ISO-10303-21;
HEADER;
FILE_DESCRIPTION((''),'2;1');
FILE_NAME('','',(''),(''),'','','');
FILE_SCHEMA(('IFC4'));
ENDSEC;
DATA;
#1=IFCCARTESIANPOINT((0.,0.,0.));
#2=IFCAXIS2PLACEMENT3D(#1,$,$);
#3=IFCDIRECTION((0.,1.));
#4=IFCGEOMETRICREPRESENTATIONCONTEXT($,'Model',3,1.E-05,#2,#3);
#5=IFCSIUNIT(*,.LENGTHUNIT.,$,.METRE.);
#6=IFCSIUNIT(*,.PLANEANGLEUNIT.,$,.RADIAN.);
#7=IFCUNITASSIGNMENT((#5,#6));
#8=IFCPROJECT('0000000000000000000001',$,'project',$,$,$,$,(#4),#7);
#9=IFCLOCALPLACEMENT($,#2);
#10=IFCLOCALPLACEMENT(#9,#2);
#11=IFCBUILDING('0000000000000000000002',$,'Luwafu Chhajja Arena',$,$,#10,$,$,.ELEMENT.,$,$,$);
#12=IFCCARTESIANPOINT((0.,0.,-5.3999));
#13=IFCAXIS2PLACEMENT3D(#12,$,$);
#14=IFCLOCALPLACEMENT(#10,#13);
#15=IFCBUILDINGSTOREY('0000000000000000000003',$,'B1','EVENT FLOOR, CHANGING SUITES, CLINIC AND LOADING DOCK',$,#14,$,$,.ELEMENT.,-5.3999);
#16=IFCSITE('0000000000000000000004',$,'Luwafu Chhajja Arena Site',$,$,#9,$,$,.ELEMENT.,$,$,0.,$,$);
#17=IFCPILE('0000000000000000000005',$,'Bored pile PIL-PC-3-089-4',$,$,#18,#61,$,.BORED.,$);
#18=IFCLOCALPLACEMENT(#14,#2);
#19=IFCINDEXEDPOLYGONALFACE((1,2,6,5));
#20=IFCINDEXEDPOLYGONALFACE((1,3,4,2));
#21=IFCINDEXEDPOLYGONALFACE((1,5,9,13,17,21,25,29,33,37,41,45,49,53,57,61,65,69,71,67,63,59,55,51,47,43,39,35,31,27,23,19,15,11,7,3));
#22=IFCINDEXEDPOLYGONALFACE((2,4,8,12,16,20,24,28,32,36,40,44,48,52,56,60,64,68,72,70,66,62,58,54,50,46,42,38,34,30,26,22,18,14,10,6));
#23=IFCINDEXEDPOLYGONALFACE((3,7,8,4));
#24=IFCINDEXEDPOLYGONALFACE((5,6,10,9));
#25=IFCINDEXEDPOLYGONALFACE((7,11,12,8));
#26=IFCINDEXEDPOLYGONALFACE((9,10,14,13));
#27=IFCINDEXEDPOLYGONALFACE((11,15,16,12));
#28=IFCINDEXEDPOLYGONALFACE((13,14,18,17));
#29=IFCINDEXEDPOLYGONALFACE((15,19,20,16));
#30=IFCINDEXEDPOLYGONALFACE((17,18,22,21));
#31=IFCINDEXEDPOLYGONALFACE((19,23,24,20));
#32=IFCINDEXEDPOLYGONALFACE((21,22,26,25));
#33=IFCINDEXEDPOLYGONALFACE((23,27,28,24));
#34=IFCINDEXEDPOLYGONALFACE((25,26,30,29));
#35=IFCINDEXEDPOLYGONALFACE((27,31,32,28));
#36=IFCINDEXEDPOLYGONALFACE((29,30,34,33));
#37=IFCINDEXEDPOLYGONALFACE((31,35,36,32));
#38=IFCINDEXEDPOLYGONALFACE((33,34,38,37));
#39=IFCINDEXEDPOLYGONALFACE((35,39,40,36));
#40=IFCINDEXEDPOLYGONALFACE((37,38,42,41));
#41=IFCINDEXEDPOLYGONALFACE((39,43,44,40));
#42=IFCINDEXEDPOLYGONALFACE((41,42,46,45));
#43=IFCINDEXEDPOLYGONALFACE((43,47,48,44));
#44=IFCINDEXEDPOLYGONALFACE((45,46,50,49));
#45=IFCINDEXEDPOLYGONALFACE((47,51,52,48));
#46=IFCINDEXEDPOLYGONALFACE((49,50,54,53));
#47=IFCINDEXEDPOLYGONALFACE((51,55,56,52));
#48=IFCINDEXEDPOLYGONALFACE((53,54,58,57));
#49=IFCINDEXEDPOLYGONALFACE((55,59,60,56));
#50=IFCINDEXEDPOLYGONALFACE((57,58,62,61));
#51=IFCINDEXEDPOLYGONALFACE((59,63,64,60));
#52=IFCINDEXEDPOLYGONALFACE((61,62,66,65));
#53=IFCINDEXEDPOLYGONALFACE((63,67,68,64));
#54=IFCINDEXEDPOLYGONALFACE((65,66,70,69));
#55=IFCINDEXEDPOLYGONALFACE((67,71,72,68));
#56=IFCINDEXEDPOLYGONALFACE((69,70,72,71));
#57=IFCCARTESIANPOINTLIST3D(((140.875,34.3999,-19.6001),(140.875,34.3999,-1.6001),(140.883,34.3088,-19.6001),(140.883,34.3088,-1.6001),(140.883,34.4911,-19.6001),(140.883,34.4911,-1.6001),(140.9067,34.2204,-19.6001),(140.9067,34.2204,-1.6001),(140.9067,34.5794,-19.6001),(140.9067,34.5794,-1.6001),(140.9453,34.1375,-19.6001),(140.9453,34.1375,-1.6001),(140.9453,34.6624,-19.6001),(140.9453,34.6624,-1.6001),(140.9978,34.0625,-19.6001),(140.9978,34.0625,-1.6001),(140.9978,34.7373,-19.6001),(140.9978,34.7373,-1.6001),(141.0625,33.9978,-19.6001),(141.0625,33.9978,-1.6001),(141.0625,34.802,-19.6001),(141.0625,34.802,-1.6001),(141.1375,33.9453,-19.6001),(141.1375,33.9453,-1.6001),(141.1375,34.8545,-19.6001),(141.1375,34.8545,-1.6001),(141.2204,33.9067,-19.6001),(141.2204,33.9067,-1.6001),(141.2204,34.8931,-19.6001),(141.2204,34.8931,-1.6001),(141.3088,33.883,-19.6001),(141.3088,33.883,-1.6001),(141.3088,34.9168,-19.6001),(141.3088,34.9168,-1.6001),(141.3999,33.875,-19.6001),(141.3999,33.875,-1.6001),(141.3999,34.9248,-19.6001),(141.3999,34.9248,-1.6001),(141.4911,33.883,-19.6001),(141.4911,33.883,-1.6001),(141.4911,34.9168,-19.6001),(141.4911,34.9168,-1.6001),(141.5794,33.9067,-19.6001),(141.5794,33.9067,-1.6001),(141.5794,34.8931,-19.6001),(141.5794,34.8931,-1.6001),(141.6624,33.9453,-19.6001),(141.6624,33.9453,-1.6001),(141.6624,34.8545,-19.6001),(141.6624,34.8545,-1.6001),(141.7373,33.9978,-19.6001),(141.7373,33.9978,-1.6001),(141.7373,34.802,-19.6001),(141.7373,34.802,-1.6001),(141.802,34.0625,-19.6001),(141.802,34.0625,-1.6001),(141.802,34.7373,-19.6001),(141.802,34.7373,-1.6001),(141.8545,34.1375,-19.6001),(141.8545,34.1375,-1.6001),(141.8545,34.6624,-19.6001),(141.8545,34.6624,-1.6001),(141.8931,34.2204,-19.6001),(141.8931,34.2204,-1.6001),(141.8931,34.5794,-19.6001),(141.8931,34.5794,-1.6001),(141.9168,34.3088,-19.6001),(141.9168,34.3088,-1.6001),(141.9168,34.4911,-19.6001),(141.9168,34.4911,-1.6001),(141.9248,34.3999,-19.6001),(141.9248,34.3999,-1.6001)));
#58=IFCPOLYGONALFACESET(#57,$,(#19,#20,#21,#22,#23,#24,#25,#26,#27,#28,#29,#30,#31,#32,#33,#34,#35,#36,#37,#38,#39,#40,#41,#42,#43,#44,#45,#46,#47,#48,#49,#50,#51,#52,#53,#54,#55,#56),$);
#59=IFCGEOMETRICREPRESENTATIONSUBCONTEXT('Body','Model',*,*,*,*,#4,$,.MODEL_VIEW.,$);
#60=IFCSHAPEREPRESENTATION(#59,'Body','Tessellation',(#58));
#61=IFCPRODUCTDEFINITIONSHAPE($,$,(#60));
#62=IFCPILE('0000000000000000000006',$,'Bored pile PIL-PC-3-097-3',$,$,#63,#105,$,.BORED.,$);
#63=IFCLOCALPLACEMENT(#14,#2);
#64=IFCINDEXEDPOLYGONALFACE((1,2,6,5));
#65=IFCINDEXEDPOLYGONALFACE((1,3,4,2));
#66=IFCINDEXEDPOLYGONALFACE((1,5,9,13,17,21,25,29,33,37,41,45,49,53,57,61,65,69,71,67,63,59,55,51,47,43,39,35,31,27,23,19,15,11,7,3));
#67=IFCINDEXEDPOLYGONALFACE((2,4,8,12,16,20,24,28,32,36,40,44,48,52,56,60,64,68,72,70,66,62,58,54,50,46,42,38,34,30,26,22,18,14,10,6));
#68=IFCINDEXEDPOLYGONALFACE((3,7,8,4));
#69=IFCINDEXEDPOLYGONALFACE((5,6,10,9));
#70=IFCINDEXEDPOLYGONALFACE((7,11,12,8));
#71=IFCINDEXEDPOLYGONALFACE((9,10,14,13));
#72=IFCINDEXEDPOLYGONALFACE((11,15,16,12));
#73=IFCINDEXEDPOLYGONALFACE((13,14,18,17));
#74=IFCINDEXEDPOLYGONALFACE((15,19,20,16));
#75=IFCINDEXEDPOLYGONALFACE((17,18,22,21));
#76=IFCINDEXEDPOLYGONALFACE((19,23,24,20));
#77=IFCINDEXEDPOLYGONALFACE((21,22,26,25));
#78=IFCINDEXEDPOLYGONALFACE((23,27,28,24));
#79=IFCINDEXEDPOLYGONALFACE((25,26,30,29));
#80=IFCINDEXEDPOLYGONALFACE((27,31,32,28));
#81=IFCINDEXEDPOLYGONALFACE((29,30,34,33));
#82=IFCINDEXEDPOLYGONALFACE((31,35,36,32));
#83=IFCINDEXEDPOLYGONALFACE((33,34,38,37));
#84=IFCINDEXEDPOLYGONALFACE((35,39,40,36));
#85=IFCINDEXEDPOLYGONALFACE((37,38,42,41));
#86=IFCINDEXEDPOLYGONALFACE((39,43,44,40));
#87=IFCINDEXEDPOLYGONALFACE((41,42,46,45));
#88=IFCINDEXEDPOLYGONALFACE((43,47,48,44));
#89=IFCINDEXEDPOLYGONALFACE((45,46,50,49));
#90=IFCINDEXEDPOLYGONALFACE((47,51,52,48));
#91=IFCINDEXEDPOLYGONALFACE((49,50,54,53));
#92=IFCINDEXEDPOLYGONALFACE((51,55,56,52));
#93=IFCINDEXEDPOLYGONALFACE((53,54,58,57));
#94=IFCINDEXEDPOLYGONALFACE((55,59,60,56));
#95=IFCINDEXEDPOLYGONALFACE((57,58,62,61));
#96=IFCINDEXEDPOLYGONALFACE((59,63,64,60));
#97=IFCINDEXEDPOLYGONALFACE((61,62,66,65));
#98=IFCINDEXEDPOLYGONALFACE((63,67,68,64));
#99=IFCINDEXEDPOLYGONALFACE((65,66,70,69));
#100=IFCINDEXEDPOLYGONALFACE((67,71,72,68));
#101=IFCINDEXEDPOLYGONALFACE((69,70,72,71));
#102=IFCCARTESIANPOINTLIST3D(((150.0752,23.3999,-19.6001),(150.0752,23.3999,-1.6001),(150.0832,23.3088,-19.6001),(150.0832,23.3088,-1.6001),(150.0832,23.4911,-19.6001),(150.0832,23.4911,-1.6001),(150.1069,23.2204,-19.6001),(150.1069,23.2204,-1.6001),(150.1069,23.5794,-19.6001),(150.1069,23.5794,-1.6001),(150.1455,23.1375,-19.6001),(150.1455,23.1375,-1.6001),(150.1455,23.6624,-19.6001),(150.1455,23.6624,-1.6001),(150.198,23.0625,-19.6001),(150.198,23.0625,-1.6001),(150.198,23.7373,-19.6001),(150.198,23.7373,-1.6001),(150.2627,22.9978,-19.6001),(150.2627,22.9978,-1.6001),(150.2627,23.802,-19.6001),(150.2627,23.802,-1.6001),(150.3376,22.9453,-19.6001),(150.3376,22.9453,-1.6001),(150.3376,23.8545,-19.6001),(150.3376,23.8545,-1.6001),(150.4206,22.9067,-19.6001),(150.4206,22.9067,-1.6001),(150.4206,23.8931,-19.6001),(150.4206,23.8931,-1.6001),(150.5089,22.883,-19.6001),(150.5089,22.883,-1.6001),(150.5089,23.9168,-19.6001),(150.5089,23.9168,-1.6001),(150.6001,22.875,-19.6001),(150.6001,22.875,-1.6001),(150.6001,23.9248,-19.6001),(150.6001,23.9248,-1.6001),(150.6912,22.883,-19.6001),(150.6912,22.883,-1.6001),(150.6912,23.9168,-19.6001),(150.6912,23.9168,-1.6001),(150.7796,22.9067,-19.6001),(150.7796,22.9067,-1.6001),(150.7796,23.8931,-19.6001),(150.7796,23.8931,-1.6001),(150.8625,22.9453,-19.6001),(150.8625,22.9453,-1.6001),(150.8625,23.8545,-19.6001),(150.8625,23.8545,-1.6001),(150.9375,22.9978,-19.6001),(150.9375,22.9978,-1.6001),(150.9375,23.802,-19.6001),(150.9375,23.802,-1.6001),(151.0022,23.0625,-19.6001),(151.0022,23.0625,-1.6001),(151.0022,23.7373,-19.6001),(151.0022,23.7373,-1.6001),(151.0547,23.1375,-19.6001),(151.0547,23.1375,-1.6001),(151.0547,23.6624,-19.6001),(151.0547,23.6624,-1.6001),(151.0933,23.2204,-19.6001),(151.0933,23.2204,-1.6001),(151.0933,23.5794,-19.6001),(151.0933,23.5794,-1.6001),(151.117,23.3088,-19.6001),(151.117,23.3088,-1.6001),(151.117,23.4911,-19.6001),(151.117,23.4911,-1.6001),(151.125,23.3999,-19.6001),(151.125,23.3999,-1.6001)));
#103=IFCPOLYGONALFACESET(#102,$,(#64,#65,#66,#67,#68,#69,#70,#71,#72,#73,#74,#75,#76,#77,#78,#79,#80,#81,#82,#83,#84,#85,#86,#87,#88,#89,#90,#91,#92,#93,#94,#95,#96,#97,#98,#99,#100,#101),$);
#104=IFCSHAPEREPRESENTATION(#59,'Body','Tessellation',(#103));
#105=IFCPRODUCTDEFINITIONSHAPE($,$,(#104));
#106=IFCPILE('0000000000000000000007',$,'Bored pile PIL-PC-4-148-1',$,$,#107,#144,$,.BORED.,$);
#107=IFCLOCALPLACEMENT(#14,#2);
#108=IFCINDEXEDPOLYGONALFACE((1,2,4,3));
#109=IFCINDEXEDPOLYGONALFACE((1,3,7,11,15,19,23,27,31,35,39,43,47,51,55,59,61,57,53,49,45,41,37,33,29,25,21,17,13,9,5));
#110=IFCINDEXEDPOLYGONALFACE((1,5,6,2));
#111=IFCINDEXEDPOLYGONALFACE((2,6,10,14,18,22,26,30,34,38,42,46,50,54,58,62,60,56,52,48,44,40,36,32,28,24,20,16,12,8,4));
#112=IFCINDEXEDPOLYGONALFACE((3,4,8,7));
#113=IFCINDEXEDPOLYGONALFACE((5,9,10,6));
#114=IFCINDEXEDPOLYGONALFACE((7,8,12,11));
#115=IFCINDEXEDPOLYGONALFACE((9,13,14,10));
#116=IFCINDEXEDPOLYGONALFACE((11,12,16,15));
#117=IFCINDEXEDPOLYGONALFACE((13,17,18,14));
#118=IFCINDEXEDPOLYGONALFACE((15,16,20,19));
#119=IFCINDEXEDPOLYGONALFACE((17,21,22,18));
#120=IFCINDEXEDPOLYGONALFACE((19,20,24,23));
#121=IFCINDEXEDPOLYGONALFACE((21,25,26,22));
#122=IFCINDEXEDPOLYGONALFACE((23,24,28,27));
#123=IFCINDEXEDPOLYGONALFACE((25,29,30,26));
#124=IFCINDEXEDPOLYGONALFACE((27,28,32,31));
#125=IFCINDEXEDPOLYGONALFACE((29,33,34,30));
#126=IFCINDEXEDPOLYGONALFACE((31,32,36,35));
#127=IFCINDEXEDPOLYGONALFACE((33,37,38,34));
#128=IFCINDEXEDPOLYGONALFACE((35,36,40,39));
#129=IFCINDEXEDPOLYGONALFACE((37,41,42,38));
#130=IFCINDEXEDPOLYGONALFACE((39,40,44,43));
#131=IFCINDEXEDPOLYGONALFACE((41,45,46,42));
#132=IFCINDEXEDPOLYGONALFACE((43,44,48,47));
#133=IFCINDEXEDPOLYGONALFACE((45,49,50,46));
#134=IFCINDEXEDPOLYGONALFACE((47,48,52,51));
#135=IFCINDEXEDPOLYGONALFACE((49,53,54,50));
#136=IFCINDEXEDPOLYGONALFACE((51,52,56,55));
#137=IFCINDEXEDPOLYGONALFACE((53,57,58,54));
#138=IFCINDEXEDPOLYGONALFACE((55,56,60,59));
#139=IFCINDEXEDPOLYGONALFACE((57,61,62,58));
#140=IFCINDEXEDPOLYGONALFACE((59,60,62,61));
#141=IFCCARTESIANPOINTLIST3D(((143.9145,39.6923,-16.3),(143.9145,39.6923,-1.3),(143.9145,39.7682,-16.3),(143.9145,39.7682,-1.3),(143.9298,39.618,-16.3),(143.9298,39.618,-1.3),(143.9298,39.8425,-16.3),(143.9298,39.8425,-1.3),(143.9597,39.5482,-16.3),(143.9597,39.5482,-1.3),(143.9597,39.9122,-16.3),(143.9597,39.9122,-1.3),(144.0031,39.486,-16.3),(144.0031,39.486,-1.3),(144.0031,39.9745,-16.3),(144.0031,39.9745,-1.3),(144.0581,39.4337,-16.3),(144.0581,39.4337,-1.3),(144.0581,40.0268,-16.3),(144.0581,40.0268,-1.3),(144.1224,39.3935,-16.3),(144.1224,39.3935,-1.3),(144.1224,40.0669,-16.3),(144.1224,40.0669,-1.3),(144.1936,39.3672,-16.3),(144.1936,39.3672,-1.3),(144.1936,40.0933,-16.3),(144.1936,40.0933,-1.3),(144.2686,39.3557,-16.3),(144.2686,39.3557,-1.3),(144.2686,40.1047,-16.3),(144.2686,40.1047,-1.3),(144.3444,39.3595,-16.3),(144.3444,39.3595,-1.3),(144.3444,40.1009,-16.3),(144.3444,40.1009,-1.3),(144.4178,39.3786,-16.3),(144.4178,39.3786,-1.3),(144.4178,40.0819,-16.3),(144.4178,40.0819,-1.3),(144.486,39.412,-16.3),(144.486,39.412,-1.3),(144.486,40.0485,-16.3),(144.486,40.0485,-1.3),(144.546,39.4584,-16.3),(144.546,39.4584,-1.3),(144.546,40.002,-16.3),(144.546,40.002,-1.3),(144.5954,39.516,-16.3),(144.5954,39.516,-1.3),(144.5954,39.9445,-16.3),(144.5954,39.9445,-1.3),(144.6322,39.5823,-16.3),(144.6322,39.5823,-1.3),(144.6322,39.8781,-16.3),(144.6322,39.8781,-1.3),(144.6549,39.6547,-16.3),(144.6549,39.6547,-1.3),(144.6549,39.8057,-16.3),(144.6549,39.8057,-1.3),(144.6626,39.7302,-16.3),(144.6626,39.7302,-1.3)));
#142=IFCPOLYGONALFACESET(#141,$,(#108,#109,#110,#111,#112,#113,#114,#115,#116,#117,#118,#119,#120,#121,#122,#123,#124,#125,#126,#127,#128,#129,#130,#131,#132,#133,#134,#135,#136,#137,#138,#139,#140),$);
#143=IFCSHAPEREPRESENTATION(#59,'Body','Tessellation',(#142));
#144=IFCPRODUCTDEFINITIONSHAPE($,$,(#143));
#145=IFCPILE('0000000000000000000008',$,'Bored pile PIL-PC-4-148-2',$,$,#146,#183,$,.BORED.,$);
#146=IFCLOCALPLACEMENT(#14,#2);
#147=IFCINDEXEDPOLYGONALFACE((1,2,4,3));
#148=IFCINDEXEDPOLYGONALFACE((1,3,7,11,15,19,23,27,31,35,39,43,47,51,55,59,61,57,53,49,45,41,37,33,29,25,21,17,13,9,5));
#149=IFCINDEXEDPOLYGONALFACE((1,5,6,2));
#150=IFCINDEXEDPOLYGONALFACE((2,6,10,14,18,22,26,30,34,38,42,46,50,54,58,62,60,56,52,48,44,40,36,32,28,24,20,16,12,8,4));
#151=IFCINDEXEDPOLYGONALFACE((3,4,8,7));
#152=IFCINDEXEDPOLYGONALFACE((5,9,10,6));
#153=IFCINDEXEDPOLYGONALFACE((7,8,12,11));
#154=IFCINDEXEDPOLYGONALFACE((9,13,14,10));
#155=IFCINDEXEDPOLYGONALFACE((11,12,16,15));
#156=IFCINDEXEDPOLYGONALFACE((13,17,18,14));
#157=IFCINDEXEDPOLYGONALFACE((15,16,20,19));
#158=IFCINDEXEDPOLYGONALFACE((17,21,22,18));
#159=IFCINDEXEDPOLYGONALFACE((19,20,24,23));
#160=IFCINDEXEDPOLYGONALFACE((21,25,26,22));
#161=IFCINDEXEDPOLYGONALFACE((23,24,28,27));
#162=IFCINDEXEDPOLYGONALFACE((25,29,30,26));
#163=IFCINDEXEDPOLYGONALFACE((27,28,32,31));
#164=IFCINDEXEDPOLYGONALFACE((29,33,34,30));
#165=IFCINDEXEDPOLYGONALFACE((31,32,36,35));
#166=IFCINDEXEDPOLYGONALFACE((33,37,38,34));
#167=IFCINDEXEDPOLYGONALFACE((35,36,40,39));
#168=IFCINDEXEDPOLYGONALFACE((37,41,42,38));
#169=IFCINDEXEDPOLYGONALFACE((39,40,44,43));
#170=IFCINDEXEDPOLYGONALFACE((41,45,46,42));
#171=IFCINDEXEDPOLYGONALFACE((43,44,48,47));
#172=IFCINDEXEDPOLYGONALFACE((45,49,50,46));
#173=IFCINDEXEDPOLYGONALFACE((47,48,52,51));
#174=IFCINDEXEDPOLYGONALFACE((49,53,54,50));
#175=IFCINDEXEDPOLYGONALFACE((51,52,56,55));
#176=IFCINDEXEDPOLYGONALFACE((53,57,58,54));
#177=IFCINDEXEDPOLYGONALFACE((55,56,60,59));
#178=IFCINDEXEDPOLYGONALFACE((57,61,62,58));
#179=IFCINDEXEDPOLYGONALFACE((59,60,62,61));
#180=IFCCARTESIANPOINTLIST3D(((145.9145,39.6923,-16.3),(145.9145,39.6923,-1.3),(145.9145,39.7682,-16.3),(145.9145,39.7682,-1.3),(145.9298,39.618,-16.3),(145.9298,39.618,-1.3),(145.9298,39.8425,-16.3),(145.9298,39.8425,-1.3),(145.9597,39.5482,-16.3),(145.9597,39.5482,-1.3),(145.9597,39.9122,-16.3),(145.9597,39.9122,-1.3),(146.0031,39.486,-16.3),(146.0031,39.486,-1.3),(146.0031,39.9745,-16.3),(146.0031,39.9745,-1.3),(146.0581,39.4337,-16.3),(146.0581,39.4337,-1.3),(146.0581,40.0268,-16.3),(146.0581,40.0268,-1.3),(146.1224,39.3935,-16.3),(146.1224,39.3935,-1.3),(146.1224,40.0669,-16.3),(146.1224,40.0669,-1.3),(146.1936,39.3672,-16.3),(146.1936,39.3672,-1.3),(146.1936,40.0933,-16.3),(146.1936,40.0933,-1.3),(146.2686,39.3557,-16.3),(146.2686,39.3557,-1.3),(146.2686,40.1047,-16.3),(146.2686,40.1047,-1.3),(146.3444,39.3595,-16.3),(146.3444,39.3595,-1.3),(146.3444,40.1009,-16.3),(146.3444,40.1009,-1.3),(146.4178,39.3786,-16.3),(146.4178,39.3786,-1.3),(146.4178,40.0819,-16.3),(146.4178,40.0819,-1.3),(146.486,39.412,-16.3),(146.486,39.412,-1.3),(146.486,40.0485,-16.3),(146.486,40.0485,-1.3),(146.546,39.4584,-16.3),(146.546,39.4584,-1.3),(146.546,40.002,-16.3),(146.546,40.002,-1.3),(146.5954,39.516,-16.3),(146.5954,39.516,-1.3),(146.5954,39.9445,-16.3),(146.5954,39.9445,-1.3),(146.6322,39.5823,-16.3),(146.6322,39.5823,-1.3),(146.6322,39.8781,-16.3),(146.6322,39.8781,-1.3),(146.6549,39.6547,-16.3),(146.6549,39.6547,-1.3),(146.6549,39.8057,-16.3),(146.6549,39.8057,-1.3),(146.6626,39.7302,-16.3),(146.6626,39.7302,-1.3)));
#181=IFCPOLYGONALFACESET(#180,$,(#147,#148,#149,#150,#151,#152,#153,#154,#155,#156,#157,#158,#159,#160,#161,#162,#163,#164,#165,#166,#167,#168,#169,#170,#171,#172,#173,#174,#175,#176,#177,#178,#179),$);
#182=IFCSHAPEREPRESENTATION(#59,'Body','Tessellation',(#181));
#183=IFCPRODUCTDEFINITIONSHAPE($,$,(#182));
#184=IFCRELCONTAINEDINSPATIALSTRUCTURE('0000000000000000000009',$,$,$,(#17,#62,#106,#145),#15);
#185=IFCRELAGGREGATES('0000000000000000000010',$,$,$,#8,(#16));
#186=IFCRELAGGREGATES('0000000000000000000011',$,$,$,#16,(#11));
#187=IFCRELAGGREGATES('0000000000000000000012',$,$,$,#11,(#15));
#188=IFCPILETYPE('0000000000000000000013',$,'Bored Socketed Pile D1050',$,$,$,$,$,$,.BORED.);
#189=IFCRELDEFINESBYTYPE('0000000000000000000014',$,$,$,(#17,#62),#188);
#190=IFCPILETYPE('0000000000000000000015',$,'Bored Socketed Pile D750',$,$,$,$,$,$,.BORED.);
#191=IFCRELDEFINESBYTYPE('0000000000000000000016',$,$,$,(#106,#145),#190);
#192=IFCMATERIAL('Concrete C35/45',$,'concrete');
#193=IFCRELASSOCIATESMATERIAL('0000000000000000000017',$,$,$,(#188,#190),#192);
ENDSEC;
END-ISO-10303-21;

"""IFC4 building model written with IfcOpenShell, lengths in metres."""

from ifc_helpers import new_model, si_unit, direction, frame, origin, origin_2d, place, context, subcontext, project, spatial, circle, extrude, material, material_profile, profile_set, type_object, element, save


model = new_model("IFC4")

# Units and contexts
model_context = context("Model", 3, precision=1e-05, world=origin(), true_north=direction((0.0, 1.0)))
body_context = subcontext(model_context, "Body", "Model", "MODEL_VIEW")
ifc_project = project(units=[si_unit("LENGTHUNIT", "METRE"), si_unit("PLANEANGLEUNIT", "RADIAN")], contexts=[model_context])

# Site, building, storey
site_placement = place(None, origin())
site = spatial("IfcSite", under=ifc_project, at=site_placement, Name="Luwafu Chhajja Arena Site", CompositionType="ELEMENT", RefElevation=0.0)
building_placement = place(site_placement, origin())
building = spatial("IfcBuilding", under=site, at=building_placement, Name="Luwafu Chhajja Arena", CompositionType="ELEMENT")
storey_placement = place(building_placement, frame((0.0, 0.0, -5.3999)))
storey = spatial("IfcBuildingStorey", under=building, at=storey_placement, Name="B1", Description="EVENT FLOOR, CHANGING SUITES, CLINIC AND LOADING DOCK", CompositionType="ELEMENT", Elevation=-5.3999)

# Shared definitions
ifc_material_1 = material(Name="Concrete C35/45", Category="concrete")

# Piles
ifc_material_profile_1 = material_profile(ifc_material_1, circle(Radius=0.5249, at=origin_2d()), Name="PILE D1050")
ifc_profile_set_1 = profile_set([ifc_material_profile_1], Name="Concrete C35/45")
pile_type_1 = type_object("IfcPileType", Name="Bored Socketed Pile D1050", PredefinedType="BORED", material=ifc_profile_set_1)
for number, where, z_axis, x_axis, name in (
    (1, (141.3999, 34.3999, -1.6001), (0.0, 0.0, -1.0), (1.0, 0.0, 0.0), "Bored pile PIL-PC-3-089-4"),
    (2, (150.6001, 23.3999, -1.6001), (0.0, 0.0, -1.0), (1.0, 0.0, 0.0), "Bored pile PIL-PC-3-097-3"),
):
    element("IfcPile", number, at=place(storey_placement, frame(where, z_axis=z_axis, x_axis=x_axis)), inside=storey, type_object=pile_type_1, Name=name, PredefinedType="BORED", context=body_context, shape_type="SweptSolid", body=[
        extrude(circle(Radius=0.5249, at=origin_2d()), origin(), (0.0, 0.0, 1.0), 18.0),
    ])
ifc_material_profile_2 = material_profile(ifc_material_1, circle(Radius=0.375, at=origin_2d()), Name="PILE D750")
ifc_profile_set_2 = profile_set([ifc_material_profile_2], Name="Concrete C35/45")
pile_type_2 = type_object("IfcPileType", Name="Bored Socketed Pile D750", PredefinedType="BORED", material=ifc_profile_set_2)
for number, where, z_axis, x_axis, name in (
    (3, (144.2876, 39.7302, -1.3), (0.0, 0.0, -1.0), (1.0, 0.0, 0.0), "Bored pile PIL-PC-4-148-1"),
    (4, (146.2876, 39.7302, -1.3), (0.0, 0.0, -1.0), (1.0, 0.0, 0.0), "Bored pile PIL-PC-4-148-2"),
):
    element("IfcPile", number, at=place(storey_placement, frame(where, z_axis=z_axis, x_axis=x_axis)), inside=storey, type_object=pile_type_2, Name=name, PredefinedType="BORED", context=body_context, shape_type="SweptSolid", body=[
        extrude(circle(Radius=0.375, at=origin_2d()), origin(), (0.0, 0.0, 1.0), 15.0),
    ])

save(model, "model.ifc")
